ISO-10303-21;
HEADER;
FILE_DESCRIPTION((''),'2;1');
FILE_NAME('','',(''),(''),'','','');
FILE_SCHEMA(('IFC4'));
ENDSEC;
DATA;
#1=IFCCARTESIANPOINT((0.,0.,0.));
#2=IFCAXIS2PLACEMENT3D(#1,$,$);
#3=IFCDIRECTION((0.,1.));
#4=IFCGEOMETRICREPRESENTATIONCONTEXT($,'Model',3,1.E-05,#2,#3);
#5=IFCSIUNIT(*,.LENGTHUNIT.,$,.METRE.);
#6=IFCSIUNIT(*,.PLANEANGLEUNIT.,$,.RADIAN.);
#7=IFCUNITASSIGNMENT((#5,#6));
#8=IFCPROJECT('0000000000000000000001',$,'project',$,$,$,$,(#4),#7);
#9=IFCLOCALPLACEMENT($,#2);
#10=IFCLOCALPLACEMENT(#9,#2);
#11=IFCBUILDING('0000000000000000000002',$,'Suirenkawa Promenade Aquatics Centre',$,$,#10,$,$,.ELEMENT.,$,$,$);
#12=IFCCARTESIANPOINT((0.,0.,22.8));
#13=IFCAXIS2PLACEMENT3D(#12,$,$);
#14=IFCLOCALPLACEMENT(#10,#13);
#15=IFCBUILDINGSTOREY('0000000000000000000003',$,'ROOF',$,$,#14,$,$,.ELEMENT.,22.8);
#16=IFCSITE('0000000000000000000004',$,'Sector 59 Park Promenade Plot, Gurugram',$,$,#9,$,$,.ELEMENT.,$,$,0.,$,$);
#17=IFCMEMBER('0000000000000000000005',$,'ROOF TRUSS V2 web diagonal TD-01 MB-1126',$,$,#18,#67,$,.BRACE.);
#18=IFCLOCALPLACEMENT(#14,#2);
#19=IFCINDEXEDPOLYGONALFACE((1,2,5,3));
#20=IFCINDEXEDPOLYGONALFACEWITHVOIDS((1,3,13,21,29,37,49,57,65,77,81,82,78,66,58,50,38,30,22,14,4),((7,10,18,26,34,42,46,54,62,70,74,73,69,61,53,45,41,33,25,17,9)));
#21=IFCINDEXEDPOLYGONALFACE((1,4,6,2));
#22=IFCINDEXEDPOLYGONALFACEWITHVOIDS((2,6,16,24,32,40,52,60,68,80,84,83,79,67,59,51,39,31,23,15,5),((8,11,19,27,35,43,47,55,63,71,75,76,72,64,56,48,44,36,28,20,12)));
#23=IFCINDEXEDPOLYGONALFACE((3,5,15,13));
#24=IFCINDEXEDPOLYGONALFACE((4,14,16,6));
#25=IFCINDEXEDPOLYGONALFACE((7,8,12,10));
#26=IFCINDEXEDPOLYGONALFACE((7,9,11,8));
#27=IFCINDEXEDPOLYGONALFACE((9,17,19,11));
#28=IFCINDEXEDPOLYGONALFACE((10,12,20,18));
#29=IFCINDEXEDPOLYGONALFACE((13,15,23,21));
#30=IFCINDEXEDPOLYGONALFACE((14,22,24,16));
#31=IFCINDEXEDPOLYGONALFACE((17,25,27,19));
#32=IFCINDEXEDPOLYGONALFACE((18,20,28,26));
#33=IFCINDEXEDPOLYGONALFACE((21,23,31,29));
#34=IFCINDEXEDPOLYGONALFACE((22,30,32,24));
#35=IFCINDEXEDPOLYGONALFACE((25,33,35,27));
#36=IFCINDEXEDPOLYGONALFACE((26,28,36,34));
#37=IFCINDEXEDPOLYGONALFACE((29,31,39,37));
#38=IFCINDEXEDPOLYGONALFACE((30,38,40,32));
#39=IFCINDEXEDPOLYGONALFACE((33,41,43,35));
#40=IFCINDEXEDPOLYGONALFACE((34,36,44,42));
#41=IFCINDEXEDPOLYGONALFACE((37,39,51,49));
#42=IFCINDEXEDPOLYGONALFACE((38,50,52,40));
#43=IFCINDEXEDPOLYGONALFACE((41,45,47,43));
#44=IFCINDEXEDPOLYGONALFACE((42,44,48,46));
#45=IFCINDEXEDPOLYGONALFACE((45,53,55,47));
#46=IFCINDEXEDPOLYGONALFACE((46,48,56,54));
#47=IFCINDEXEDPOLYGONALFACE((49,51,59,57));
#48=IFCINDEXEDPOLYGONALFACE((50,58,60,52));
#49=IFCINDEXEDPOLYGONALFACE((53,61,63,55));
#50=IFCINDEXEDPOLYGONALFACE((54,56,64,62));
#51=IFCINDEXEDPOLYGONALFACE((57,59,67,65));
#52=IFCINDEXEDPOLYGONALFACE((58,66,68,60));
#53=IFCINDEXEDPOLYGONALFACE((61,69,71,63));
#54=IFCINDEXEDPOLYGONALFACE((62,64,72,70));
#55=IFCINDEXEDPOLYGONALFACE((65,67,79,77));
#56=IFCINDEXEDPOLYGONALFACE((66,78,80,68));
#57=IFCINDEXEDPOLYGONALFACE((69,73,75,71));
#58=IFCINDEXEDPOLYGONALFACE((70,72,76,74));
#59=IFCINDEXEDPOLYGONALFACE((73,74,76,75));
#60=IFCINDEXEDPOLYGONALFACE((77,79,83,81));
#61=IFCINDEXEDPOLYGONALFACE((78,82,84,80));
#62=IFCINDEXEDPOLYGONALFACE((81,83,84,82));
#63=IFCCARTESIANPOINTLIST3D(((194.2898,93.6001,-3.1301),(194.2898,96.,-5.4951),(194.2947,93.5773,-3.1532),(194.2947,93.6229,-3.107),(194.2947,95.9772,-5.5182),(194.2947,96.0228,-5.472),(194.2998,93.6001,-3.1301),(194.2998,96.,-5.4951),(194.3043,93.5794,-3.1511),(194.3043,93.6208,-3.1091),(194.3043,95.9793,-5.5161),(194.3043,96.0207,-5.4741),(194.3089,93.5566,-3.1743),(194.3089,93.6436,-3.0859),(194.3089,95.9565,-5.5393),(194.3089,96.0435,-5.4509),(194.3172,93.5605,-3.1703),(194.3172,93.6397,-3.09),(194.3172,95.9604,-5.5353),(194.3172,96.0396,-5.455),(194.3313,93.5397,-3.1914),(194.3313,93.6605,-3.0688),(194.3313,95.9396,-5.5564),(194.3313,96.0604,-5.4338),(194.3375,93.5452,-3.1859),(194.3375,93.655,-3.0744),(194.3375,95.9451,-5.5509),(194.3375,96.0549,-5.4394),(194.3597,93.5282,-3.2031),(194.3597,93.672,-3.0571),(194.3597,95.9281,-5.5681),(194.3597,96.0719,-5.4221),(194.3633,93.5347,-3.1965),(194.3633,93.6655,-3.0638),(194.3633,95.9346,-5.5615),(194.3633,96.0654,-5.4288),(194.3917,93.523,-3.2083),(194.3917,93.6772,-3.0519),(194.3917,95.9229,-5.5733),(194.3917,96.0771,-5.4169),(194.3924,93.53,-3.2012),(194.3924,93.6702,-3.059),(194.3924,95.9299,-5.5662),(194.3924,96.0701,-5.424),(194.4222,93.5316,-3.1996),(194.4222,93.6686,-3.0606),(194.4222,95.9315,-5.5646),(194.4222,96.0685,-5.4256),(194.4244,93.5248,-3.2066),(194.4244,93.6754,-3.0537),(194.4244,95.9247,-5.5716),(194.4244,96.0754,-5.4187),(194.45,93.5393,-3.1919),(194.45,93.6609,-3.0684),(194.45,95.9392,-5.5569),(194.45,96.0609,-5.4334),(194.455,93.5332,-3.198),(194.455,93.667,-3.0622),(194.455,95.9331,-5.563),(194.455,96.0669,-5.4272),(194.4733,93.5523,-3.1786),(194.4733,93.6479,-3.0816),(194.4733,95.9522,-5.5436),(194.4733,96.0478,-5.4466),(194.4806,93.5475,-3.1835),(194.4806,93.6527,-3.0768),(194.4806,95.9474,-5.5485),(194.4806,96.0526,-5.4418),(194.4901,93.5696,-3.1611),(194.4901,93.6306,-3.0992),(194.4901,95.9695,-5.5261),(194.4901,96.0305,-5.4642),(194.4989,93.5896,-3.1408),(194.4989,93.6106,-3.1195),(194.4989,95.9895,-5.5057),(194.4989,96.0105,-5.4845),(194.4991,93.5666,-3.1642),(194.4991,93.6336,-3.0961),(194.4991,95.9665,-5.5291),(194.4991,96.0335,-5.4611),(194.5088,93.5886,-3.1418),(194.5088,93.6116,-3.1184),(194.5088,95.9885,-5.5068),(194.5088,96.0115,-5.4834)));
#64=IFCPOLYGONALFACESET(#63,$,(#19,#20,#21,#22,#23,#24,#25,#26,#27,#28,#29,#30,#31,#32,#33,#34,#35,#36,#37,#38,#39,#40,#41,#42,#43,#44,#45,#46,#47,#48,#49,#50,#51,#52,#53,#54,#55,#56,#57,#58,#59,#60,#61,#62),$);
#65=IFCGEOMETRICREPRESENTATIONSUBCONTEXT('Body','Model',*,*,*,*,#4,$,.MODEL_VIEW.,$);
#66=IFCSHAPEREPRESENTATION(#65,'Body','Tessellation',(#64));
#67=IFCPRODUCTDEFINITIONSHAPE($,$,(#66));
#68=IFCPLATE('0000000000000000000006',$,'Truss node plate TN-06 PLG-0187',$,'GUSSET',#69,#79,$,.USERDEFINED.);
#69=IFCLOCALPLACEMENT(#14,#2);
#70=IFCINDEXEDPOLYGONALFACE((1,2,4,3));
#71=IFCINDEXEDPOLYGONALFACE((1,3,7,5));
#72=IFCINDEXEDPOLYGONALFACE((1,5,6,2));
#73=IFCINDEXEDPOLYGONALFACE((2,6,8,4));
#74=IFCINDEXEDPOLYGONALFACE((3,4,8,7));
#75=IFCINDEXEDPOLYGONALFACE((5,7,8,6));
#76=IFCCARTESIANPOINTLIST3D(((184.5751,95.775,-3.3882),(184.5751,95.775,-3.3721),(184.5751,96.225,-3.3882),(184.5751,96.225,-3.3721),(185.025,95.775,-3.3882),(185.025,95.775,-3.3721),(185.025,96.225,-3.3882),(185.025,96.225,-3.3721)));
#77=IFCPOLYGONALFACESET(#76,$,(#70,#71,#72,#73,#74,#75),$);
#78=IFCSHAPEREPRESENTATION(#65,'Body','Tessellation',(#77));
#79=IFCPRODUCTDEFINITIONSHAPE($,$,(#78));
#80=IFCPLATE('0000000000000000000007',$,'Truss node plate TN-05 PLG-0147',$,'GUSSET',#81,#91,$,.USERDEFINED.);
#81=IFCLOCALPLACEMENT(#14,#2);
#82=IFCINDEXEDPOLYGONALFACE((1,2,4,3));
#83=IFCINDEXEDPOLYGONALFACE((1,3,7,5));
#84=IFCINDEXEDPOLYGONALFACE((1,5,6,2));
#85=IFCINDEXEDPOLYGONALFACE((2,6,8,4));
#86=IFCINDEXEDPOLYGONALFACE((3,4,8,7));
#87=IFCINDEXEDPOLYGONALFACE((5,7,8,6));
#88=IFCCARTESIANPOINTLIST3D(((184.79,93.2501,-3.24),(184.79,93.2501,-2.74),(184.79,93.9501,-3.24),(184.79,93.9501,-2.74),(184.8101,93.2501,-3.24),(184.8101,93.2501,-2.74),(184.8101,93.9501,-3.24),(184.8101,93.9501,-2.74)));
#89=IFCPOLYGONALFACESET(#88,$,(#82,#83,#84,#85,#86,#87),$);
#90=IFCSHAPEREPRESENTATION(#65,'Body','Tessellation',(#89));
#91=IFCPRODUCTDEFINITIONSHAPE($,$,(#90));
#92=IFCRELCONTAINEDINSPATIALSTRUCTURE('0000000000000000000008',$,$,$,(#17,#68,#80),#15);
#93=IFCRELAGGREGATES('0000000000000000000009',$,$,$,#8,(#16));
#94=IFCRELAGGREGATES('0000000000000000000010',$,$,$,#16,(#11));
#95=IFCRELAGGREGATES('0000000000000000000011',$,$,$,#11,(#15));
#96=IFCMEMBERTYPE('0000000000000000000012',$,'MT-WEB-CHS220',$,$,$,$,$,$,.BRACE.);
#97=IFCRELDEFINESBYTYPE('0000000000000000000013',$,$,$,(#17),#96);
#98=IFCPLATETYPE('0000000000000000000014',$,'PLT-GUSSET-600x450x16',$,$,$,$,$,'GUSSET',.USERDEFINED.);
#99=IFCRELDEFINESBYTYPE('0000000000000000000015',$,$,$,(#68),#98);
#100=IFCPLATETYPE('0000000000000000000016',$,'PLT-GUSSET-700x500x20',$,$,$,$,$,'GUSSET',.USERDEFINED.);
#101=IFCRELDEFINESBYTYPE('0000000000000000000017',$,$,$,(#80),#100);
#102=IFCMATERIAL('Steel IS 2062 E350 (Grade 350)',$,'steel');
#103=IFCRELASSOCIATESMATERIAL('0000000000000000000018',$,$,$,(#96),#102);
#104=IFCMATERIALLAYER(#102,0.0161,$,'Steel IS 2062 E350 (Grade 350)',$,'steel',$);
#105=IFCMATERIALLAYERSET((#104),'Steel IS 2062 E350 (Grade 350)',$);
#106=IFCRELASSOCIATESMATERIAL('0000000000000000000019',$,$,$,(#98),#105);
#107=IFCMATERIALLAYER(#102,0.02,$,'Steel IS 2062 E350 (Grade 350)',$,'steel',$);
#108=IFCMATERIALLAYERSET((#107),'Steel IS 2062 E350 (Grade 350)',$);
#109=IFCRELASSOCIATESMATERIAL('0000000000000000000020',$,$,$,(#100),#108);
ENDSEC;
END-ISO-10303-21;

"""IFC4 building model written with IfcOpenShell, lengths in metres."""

from ifc_helpers import new_model, si_unit, direction, frame, origin, origin_2d, place, context, subcontext, project, spatial, rectangle, hollow_circle, extrude, material, layer, layer_set, material_profile, profile_set, type_object, element, save


model = new_model("IFC4")

# Units and contexts
model_context = context("Model", 3, precision=1e-05, world=origin(), true_north=direction((0.0, 1.0)))
body_context = subcontext(model_context, "Body", "Model", "MODEL_VIEW")
ifc_project = project(units=[si_unit("LENGTHUNIT", "METRE"), si_unit("PLANEANGLEUNIT", "RADIAN")], contexts=[model_context])

# Site, building, storey
site_placement = place(None, origin())
site = spatial("IfcSite", under=ifc_project, at=site_placement, Name="Sector 59 Park Promenade Plot, Gurugram", CompositionType="ELEMENT", RefElevation=0.0)
building_placement = place(site_placement, origin())
building = spatial("IfcBuilding", under=site, at=building_placement, Name="Suirenkawa Promenade Aquatics Centre", CompositionType="ELEMENT")
storey_placement = place(building_placement, frame((0.0, 0.0, 22.8)))
storey = spatial("IfcBuildingStorey", under=building, at=storey_placement, Name="ROOF", CompositionType="ELEMENT", Elevation=22.8)

# Shared definitions
ifc_material = material(Name="Steel IS 2062 E350 (Grade 350)", Category="steel")

# Member
ifc_material_profile_1 = material_profile(ifc_material, hollow_circle(Radius=0.1101, WallThickness=0.01, at=origin_2d()), Name="CHS 220x10", Category="steel")
ifc_profile_set_1 = profile_set([ifc_material_profile_1], Name="Steel IS 2062 E350 (Grade 350)")
member_type_1 = type_object("IfcMemberType", Name="MT-WEB-CHS220", PredefinedType="BRACE", material=ifc_profile_set_1)
member_1_placement = place(storey_placement, frame((194.3999, 93.6001, -3.1301), z_axis=(0.0, 0.712269, -0.701907), x_axis=(-1.0, 0.0, 0.0)))
element("IfcMember", 1, at=member_1_placement, inside=storey, type_object=member_type_1, Name="ROOF TRUSS V2 web diagonal TD-01 MB-1126", PredefinedType="BRACE", context=body_context, shape_type="SweptSolid", body=[
    extrude(hollow_circle(Radius=0.1101, WallThickness=0.01, at=origin_2d()), origin(), (0.0, 0.0, 1.0), 3.3694),
])

# Plates
ifc_layer_1 = layer(ifc_material, 0.0161, Name="Steel IS 2062 E350 (Grade 350)", Category="steel")
ifc_layer_set_1 = layer_set([ifc_layer_1], Name="Steel IS 2062 E350 (Grade 350)")
plate_type_1 = type_object("IfcPlateType", Name="PLT-GUSSET-600x450x16", ElementType="GUSSET", PredefinedType="USERDEFINED", material=ifc_layer_set_1)
plate_1_placement = place(storey_placement, frame((184.8, 96.0, -3.3882), z_axis=(0.0, 0.0, 1.0), x_axis=(1.0, 0.0, 0.0)))
element("IfcPlate", 2, at=plate_1_placement, inside=storey, type_object=plate_type_1, Name="Truss node plate TN-06 PLG-0187", ObjectType="GUSSET", PredefinedType="USERDEFINED", context=body_context, shape_type="SweptSolid", body=[
    extrude(rectangle(XDim=0.45, YDim=0.45, at=origin_2d()), origin(), (0.0, 0.0, 1.0), 0.0161),
])
ifc_layer_2 = layer(ifc_material, 0.02, Name="Steel IS 2062 E350 (Grade 350)", Category="steel")
ifc_layer_set_2 = layer_set([ifc_layer_2], Name="Steel IS 2062 E350 (Grade 350)")
plate_type_2 = type_object("IfcPlateType", Name="PLT-GUSSET-700x500x20", ElementType="GUSSET", PredefinedType="USERDEFINED", material=ifc_layer_set_2)
plate_2_placement = place(storey_placement, frame((184.8, 93.6001, -3.24), z_axis=(0.0, 0.0, 1.0), x_axis=(0.0, 1.0, 0.0)))
element("IfcPlate", 3, at=plate_2_placement, inside=storey, type_object=plate_type_2, Name="Truss node plate TN-05 PLG-0147", ObjectType="GUSSET", PredefinedType="USERDEFINED", context=body_context, shape_type="SweptSolid", body=[
    extrude(rectangle(XDim=0.7, YDim=0.02, at=origin_2d()), origin(), (0.0, 0.0, 1.0), 0.5),
])

save(model, "model.ifc")
